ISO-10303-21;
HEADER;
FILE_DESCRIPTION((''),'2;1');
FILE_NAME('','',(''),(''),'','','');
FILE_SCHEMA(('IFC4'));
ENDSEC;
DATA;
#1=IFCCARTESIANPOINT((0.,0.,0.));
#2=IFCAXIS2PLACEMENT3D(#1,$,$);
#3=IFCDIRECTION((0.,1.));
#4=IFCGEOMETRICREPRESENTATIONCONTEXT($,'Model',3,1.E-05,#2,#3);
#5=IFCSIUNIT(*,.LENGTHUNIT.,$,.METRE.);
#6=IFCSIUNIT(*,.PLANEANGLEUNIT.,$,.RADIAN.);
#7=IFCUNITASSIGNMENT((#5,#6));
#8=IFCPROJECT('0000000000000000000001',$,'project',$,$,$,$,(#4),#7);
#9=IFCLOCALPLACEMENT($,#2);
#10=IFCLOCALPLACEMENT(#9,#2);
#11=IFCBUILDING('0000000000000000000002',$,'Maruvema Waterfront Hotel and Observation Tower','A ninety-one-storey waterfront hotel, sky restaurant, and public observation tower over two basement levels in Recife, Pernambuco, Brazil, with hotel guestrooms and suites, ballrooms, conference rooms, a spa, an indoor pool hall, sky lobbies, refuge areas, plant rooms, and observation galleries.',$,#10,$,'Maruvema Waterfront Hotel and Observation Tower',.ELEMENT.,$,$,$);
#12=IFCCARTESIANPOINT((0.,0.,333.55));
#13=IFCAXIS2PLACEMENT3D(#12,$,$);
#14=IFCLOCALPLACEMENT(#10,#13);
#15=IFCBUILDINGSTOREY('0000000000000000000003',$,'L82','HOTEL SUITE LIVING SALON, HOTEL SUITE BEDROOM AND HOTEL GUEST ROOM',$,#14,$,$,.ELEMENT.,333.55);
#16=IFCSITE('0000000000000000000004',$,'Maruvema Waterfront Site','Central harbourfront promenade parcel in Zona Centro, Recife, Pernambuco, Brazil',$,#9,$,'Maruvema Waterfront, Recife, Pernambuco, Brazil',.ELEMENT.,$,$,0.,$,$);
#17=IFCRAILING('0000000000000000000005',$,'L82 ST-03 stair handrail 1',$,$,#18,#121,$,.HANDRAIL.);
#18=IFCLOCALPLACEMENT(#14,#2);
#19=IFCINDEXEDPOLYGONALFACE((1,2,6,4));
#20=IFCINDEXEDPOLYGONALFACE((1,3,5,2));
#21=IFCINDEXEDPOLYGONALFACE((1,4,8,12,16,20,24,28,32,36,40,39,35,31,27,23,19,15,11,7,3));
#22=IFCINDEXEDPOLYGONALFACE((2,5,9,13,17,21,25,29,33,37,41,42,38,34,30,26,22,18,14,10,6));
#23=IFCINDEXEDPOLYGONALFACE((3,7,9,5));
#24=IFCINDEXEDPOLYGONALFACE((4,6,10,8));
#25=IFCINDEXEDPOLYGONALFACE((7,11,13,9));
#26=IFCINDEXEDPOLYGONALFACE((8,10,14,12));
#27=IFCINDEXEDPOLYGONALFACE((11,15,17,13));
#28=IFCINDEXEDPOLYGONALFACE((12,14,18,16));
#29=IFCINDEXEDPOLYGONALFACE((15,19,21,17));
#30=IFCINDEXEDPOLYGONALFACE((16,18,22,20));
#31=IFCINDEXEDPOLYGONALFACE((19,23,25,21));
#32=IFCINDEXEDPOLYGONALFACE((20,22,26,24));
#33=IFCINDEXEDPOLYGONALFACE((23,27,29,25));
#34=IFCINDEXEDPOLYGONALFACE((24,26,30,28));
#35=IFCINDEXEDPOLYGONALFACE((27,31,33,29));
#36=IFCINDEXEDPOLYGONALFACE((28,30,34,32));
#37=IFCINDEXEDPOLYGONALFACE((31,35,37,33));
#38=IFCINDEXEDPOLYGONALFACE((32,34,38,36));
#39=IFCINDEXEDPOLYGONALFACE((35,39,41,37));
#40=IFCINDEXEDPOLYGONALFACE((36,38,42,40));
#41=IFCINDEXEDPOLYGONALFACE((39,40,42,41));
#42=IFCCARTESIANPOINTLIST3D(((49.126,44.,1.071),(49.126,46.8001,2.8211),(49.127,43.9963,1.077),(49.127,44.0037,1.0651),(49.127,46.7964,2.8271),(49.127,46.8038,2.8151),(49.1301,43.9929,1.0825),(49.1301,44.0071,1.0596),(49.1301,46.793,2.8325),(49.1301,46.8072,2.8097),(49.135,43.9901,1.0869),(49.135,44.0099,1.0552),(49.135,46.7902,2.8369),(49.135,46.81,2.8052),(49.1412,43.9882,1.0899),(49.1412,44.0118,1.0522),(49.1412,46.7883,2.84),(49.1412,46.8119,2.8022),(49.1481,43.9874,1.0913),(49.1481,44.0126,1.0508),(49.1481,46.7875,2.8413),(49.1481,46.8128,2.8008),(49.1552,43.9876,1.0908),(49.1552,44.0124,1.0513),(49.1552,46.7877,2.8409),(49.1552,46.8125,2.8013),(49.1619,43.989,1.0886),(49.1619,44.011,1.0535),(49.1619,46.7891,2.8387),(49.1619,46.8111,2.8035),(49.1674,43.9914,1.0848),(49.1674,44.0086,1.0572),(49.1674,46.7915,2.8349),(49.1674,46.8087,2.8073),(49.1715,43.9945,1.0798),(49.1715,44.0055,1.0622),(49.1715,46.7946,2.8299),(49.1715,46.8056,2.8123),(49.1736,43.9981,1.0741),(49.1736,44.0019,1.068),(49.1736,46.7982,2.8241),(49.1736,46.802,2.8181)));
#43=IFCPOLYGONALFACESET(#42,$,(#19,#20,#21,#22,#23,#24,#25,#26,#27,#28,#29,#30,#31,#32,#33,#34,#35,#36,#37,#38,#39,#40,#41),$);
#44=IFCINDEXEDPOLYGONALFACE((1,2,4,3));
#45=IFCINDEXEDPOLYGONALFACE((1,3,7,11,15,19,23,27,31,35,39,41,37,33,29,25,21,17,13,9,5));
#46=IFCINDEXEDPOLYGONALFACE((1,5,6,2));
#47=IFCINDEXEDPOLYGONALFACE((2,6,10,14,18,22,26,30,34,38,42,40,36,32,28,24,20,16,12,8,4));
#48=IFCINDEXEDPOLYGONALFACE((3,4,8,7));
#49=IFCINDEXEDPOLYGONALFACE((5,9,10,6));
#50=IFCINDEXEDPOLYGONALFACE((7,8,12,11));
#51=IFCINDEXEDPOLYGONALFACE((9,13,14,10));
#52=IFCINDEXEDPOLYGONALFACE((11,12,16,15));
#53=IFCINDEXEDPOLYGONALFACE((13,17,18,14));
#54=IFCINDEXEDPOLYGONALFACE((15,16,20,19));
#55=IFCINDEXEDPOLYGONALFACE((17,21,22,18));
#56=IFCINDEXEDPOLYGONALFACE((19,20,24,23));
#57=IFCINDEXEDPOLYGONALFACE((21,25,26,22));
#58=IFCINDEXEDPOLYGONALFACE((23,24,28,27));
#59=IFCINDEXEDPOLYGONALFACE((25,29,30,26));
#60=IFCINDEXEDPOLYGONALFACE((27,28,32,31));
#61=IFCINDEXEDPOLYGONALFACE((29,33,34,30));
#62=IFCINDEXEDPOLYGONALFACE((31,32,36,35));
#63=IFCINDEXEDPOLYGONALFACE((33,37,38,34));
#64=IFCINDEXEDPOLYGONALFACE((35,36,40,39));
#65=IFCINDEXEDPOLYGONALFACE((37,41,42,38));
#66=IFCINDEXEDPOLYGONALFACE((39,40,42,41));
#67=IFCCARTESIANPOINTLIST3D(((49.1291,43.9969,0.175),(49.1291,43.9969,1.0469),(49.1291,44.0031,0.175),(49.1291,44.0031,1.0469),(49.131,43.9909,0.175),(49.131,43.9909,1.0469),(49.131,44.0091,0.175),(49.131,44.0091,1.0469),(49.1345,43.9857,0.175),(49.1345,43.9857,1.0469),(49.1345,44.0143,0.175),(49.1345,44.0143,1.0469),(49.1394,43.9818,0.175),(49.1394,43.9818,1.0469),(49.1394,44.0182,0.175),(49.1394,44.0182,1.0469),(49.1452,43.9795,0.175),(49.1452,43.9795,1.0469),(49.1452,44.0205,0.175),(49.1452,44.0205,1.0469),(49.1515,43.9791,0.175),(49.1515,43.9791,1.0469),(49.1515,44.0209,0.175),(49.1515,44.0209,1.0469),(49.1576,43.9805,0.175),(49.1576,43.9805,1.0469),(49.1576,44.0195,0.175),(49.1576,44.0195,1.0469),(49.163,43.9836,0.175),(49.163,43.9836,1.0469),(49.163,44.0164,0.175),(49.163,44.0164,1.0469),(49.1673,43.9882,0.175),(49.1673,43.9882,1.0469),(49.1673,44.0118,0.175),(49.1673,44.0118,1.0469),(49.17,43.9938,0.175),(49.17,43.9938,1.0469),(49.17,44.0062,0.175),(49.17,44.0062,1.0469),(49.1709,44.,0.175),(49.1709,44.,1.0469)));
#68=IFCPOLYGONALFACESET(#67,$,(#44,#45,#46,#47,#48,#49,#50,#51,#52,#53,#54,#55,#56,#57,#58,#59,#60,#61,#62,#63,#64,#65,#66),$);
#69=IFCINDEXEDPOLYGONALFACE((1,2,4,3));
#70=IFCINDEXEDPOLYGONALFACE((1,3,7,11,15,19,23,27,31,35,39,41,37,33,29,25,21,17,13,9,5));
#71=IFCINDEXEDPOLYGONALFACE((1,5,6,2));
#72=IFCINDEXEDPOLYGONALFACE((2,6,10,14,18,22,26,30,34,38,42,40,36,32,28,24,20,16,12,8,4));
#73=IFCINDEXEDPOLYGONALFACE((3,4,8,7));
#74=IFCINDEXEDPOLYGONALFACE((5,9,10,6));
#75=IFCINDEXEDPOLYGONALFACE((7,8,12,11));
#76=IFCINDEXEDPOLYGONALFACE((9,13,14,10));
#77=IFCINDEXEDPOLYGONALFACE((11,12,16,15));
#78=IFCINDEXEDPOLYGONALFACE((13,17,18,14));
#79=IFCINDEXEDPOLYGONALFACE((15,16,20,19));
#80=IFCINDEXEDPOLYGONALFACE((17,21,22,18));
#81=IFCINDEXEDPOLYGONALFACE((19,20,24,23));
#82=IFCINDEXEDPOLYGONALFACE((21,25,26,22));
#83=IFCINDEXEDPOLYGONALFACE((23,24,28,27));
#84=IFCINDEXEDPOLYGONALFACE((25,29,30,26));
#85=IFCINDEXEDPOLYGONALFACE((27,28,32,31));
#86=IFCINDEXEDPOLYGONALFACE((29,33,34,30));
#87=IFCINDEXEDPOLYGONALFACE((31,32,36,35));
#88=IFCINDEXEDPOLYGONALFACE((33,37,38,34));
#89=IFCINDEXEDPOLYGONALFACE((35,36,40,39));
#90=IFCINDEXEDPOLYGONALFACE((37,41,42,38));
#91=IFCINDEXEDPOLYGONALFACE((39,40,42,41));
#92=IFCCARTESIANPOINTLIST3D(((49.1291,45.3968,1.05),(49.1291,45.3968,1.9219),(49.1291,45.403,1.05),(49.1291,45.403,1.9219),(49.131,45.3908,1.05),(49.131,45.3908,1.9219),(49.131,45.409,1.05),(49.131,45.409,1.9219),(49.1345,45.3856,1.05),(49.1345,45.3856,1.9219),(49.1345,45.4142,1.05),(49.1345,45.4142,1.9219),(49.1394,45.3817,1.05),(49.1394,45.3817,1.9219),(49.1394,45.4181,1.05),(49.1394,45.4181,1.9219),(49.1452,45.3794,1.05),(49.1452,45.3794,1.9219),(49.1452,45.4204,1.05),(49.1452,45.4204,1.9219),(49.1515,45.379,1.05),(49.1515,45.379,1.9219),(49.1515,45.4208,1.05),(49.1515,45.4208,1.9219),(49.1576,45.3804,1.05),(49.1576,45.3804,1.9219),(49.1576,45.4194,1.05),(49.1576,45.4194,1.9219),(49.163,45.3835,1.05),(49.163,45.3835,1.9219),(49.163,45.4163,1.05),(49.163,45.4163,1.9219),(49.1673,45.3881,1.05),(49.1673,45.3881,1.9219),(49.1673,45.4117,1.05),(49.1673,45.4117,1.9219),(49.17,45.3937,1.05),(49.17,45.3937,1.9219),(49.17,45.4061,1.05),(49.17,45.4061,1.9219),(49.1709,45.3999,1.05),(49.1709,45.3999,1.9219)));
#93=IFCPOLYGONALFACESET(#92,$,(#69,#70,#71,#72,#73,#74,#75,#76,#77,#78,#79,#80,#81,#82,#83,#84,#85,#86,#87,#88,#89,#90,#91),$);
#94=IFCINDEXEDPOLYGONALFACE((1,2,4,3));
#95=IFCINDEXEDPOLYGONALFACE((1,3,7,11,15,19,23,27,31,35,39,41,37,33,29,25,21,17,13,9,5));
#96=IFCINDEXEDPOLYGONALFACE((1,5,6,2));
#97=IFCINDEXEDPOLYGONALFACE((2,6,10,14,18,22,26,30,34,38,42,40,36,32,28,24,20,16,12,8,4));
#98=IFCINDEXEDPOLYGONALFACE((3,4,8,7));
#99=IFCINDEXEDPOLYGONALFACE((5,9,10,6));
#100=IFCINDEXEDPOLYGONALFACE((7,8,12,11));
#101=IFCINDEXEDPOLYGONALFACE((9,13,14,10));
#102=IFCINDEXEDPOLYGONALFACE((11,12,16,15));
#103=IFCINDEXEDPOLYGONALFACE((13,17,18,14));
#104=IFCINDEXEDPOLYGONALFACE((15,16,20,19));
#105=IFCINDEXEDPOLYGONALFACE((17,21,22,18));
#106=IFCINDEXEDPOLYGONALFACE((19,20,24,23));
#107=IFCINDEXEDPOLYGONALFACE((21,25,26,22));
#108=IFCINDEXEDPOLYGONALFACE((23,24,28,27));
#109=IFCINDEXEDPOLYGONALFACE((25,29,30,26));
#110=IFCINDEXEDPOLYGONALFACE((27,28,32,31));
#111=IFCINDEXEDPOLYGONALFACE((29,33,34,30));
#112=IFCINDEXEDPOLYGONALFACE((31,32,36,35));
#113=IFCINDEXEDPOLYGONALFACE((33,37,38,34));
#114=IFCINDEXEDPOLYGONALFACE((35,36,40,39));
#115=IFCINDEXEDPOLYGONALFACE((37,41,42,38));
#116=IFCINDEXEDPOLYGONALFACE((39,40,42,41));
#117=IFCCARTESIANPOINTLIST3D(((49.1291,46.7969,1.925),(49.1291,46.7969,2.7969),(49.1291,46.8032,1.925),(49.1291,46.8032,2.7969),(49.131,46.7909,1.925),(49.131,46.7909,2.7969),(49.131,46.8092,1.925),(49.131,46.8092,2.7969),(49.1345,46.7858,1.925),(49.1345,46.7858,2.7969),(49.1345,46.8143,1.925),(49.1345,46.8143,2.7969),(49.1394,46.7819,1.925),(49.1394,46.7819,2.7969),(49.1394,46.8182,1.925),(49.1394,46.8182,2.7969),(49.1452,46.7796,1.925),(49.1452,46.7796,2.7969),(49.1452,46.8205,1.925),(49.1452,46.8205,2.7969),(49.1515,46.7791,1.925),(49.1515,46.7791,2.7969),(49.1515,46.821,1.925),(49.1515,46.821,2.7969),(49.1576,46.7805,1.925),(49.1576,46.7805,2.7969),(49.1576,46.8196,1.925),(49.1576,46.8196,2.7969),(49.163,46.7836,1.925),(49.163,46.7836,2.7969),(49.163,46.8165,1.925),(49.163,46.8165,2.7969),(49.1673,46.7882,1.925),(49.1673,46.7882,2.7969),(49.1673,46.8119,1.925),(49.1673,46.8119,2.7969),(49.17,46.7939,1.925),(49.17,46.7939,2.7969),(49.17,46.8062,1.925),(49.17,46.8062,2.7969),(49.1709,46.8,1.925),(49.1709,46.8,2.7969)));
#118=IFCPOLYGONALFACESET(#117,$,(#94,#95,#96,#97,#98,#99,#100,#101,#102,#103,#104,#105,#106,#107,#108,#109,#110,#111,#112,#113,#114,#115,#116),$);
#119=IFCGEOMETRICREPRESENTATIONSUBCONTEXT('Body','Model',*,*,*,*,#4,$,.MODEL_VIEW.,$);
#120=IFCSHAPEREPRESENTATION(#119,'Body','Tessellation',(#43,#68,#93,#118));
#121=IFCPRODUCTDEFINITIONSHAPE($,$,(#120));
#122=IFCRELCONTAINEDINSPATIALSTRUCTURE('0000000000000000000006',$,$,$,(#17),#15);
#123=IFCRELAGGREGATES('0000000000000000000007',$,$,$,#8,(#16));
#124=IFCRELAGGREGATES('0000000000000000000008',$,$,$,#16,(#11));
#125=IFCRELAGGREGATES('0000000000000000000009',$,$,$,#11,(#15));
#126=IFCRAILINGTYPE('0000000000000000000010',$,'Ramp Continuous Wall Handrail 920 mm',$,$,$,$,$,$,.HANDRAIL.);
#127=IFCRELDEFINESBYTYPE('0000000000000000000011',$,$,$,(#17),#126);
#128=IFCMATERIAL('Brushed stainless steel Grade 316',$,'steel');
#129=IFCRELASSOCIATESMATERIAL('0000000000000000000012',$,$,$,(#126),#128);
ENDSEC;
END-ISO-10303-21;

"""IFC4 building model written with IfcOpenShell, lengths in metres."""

from ifc_helpers import new_model, si_unit, direction, frame, origin, origin_2d, place, context, subcontext, project, spatial, circle, extrude, material, type_object, element, save


model = new_model("IFC4")

# Units and contexts
model_context = context("Model", 3, precision=1e-05, world=origin(), true_north=direction((0.0, 1.0)))
body_context = subcontext(model_context, "Body", "Model", "MODEL_VIEW")
ifc_project = project(units=[si_unit("LENGTHUNIT", "METRE"), si_unit("PLANEANGLEUNIT", "RADIAN")], contexts=[model_context])

# Site, building, storey
site_placement = place(None, origin())
site = spatial("IfcSite", under=ifc_project, at=site_placement, Name="Maruvema Waterfront Site", Description="Central harbourfront promenade parcel in Zona Centro, Recife, Pernambuco, Brazil", LongName="Maruvema Waterfront, Recife, Pernambuco, Brazil", CompositionType="ELEMENT", RefElevation=0.0)
building_placement = place(site_placement, origin())
building = spatial("IfcBuilding", under=site, at=building_placement, Name="Maruvema Waterfront Hotel and Observation Tower", Description="A ninety-one-storey waterfront hotel, sky restaurant, and public observation tower over two basement levels in Recife, Pernambuco, Brazil, with hotel guestrooms and suites, ballrooms, conference rooms, a spa, an indoor pool hall, sky lobbies, refuge areas, plant rooms, and observation galleries.", LongName="Maruvema Waterfront Hotel and Observation Tower", CompositionType="ELEMENT")
storey_placement = place(building_placement, frame((0.0, 0.0, 333.55)))
storey = spatial("IfcBuildingStorey", under=building, at=storey_placement, Name="L82", Description="HOTEL SUITE LIVING SALON, HOTEL SUITE BEDROOM AND HOTEL GUEST ROOM", CompositionType="ELEMENT", Elevation=333.55)

# Railing
ifc_material_1 = material(Name="Brushed stainless steel Grade 316", Category="steel")
railing_type_1 = type_object("IfcRailingType", Name="Ramp Continuous Wall Handrail 920 mm", PredefinedType="HANDRAIL", material=ifc_material_1)
railing_1_placement = place(storey_placement, frame((49.1499, 44.0, 0.175)))
element("IfcRailing", 1, at=railing_1_placement, inside=storey, type_object=railing_type_1, Name="L82 ST-03 stair handrail 1", PredefinedType="HANDRAIL", context=body_context, shape_type="SweptSolid", body=[
    extrude(circle(Radius=0.0239, at=origin_2d()), frame((0.0, 0.0, 0.896), z_axis=(0.0, 0.848002, 0.529992), x_axis=(-1.0, 0.0, 0.0)), (0.0, 0.0, 1.0), 3.302),
    extrude(circle(Radius=0.021, at=origin_2d()), origin(), (0.0, 0.0, 1.0), 0.8718),
    extrude(circle(Radius=0.021, at=origin_2d()), frame((0.0, 1.3999, 0.875)), (0.0, 0.0, 1.0), 0.8718),
    extrude(circle(Radius=0.021, at=origin_2d()), frame((0.0, 2.8, 1.75)), (0.0, 0.0, 1.0), 0.8718),
])

save(model, "model.ifc")
